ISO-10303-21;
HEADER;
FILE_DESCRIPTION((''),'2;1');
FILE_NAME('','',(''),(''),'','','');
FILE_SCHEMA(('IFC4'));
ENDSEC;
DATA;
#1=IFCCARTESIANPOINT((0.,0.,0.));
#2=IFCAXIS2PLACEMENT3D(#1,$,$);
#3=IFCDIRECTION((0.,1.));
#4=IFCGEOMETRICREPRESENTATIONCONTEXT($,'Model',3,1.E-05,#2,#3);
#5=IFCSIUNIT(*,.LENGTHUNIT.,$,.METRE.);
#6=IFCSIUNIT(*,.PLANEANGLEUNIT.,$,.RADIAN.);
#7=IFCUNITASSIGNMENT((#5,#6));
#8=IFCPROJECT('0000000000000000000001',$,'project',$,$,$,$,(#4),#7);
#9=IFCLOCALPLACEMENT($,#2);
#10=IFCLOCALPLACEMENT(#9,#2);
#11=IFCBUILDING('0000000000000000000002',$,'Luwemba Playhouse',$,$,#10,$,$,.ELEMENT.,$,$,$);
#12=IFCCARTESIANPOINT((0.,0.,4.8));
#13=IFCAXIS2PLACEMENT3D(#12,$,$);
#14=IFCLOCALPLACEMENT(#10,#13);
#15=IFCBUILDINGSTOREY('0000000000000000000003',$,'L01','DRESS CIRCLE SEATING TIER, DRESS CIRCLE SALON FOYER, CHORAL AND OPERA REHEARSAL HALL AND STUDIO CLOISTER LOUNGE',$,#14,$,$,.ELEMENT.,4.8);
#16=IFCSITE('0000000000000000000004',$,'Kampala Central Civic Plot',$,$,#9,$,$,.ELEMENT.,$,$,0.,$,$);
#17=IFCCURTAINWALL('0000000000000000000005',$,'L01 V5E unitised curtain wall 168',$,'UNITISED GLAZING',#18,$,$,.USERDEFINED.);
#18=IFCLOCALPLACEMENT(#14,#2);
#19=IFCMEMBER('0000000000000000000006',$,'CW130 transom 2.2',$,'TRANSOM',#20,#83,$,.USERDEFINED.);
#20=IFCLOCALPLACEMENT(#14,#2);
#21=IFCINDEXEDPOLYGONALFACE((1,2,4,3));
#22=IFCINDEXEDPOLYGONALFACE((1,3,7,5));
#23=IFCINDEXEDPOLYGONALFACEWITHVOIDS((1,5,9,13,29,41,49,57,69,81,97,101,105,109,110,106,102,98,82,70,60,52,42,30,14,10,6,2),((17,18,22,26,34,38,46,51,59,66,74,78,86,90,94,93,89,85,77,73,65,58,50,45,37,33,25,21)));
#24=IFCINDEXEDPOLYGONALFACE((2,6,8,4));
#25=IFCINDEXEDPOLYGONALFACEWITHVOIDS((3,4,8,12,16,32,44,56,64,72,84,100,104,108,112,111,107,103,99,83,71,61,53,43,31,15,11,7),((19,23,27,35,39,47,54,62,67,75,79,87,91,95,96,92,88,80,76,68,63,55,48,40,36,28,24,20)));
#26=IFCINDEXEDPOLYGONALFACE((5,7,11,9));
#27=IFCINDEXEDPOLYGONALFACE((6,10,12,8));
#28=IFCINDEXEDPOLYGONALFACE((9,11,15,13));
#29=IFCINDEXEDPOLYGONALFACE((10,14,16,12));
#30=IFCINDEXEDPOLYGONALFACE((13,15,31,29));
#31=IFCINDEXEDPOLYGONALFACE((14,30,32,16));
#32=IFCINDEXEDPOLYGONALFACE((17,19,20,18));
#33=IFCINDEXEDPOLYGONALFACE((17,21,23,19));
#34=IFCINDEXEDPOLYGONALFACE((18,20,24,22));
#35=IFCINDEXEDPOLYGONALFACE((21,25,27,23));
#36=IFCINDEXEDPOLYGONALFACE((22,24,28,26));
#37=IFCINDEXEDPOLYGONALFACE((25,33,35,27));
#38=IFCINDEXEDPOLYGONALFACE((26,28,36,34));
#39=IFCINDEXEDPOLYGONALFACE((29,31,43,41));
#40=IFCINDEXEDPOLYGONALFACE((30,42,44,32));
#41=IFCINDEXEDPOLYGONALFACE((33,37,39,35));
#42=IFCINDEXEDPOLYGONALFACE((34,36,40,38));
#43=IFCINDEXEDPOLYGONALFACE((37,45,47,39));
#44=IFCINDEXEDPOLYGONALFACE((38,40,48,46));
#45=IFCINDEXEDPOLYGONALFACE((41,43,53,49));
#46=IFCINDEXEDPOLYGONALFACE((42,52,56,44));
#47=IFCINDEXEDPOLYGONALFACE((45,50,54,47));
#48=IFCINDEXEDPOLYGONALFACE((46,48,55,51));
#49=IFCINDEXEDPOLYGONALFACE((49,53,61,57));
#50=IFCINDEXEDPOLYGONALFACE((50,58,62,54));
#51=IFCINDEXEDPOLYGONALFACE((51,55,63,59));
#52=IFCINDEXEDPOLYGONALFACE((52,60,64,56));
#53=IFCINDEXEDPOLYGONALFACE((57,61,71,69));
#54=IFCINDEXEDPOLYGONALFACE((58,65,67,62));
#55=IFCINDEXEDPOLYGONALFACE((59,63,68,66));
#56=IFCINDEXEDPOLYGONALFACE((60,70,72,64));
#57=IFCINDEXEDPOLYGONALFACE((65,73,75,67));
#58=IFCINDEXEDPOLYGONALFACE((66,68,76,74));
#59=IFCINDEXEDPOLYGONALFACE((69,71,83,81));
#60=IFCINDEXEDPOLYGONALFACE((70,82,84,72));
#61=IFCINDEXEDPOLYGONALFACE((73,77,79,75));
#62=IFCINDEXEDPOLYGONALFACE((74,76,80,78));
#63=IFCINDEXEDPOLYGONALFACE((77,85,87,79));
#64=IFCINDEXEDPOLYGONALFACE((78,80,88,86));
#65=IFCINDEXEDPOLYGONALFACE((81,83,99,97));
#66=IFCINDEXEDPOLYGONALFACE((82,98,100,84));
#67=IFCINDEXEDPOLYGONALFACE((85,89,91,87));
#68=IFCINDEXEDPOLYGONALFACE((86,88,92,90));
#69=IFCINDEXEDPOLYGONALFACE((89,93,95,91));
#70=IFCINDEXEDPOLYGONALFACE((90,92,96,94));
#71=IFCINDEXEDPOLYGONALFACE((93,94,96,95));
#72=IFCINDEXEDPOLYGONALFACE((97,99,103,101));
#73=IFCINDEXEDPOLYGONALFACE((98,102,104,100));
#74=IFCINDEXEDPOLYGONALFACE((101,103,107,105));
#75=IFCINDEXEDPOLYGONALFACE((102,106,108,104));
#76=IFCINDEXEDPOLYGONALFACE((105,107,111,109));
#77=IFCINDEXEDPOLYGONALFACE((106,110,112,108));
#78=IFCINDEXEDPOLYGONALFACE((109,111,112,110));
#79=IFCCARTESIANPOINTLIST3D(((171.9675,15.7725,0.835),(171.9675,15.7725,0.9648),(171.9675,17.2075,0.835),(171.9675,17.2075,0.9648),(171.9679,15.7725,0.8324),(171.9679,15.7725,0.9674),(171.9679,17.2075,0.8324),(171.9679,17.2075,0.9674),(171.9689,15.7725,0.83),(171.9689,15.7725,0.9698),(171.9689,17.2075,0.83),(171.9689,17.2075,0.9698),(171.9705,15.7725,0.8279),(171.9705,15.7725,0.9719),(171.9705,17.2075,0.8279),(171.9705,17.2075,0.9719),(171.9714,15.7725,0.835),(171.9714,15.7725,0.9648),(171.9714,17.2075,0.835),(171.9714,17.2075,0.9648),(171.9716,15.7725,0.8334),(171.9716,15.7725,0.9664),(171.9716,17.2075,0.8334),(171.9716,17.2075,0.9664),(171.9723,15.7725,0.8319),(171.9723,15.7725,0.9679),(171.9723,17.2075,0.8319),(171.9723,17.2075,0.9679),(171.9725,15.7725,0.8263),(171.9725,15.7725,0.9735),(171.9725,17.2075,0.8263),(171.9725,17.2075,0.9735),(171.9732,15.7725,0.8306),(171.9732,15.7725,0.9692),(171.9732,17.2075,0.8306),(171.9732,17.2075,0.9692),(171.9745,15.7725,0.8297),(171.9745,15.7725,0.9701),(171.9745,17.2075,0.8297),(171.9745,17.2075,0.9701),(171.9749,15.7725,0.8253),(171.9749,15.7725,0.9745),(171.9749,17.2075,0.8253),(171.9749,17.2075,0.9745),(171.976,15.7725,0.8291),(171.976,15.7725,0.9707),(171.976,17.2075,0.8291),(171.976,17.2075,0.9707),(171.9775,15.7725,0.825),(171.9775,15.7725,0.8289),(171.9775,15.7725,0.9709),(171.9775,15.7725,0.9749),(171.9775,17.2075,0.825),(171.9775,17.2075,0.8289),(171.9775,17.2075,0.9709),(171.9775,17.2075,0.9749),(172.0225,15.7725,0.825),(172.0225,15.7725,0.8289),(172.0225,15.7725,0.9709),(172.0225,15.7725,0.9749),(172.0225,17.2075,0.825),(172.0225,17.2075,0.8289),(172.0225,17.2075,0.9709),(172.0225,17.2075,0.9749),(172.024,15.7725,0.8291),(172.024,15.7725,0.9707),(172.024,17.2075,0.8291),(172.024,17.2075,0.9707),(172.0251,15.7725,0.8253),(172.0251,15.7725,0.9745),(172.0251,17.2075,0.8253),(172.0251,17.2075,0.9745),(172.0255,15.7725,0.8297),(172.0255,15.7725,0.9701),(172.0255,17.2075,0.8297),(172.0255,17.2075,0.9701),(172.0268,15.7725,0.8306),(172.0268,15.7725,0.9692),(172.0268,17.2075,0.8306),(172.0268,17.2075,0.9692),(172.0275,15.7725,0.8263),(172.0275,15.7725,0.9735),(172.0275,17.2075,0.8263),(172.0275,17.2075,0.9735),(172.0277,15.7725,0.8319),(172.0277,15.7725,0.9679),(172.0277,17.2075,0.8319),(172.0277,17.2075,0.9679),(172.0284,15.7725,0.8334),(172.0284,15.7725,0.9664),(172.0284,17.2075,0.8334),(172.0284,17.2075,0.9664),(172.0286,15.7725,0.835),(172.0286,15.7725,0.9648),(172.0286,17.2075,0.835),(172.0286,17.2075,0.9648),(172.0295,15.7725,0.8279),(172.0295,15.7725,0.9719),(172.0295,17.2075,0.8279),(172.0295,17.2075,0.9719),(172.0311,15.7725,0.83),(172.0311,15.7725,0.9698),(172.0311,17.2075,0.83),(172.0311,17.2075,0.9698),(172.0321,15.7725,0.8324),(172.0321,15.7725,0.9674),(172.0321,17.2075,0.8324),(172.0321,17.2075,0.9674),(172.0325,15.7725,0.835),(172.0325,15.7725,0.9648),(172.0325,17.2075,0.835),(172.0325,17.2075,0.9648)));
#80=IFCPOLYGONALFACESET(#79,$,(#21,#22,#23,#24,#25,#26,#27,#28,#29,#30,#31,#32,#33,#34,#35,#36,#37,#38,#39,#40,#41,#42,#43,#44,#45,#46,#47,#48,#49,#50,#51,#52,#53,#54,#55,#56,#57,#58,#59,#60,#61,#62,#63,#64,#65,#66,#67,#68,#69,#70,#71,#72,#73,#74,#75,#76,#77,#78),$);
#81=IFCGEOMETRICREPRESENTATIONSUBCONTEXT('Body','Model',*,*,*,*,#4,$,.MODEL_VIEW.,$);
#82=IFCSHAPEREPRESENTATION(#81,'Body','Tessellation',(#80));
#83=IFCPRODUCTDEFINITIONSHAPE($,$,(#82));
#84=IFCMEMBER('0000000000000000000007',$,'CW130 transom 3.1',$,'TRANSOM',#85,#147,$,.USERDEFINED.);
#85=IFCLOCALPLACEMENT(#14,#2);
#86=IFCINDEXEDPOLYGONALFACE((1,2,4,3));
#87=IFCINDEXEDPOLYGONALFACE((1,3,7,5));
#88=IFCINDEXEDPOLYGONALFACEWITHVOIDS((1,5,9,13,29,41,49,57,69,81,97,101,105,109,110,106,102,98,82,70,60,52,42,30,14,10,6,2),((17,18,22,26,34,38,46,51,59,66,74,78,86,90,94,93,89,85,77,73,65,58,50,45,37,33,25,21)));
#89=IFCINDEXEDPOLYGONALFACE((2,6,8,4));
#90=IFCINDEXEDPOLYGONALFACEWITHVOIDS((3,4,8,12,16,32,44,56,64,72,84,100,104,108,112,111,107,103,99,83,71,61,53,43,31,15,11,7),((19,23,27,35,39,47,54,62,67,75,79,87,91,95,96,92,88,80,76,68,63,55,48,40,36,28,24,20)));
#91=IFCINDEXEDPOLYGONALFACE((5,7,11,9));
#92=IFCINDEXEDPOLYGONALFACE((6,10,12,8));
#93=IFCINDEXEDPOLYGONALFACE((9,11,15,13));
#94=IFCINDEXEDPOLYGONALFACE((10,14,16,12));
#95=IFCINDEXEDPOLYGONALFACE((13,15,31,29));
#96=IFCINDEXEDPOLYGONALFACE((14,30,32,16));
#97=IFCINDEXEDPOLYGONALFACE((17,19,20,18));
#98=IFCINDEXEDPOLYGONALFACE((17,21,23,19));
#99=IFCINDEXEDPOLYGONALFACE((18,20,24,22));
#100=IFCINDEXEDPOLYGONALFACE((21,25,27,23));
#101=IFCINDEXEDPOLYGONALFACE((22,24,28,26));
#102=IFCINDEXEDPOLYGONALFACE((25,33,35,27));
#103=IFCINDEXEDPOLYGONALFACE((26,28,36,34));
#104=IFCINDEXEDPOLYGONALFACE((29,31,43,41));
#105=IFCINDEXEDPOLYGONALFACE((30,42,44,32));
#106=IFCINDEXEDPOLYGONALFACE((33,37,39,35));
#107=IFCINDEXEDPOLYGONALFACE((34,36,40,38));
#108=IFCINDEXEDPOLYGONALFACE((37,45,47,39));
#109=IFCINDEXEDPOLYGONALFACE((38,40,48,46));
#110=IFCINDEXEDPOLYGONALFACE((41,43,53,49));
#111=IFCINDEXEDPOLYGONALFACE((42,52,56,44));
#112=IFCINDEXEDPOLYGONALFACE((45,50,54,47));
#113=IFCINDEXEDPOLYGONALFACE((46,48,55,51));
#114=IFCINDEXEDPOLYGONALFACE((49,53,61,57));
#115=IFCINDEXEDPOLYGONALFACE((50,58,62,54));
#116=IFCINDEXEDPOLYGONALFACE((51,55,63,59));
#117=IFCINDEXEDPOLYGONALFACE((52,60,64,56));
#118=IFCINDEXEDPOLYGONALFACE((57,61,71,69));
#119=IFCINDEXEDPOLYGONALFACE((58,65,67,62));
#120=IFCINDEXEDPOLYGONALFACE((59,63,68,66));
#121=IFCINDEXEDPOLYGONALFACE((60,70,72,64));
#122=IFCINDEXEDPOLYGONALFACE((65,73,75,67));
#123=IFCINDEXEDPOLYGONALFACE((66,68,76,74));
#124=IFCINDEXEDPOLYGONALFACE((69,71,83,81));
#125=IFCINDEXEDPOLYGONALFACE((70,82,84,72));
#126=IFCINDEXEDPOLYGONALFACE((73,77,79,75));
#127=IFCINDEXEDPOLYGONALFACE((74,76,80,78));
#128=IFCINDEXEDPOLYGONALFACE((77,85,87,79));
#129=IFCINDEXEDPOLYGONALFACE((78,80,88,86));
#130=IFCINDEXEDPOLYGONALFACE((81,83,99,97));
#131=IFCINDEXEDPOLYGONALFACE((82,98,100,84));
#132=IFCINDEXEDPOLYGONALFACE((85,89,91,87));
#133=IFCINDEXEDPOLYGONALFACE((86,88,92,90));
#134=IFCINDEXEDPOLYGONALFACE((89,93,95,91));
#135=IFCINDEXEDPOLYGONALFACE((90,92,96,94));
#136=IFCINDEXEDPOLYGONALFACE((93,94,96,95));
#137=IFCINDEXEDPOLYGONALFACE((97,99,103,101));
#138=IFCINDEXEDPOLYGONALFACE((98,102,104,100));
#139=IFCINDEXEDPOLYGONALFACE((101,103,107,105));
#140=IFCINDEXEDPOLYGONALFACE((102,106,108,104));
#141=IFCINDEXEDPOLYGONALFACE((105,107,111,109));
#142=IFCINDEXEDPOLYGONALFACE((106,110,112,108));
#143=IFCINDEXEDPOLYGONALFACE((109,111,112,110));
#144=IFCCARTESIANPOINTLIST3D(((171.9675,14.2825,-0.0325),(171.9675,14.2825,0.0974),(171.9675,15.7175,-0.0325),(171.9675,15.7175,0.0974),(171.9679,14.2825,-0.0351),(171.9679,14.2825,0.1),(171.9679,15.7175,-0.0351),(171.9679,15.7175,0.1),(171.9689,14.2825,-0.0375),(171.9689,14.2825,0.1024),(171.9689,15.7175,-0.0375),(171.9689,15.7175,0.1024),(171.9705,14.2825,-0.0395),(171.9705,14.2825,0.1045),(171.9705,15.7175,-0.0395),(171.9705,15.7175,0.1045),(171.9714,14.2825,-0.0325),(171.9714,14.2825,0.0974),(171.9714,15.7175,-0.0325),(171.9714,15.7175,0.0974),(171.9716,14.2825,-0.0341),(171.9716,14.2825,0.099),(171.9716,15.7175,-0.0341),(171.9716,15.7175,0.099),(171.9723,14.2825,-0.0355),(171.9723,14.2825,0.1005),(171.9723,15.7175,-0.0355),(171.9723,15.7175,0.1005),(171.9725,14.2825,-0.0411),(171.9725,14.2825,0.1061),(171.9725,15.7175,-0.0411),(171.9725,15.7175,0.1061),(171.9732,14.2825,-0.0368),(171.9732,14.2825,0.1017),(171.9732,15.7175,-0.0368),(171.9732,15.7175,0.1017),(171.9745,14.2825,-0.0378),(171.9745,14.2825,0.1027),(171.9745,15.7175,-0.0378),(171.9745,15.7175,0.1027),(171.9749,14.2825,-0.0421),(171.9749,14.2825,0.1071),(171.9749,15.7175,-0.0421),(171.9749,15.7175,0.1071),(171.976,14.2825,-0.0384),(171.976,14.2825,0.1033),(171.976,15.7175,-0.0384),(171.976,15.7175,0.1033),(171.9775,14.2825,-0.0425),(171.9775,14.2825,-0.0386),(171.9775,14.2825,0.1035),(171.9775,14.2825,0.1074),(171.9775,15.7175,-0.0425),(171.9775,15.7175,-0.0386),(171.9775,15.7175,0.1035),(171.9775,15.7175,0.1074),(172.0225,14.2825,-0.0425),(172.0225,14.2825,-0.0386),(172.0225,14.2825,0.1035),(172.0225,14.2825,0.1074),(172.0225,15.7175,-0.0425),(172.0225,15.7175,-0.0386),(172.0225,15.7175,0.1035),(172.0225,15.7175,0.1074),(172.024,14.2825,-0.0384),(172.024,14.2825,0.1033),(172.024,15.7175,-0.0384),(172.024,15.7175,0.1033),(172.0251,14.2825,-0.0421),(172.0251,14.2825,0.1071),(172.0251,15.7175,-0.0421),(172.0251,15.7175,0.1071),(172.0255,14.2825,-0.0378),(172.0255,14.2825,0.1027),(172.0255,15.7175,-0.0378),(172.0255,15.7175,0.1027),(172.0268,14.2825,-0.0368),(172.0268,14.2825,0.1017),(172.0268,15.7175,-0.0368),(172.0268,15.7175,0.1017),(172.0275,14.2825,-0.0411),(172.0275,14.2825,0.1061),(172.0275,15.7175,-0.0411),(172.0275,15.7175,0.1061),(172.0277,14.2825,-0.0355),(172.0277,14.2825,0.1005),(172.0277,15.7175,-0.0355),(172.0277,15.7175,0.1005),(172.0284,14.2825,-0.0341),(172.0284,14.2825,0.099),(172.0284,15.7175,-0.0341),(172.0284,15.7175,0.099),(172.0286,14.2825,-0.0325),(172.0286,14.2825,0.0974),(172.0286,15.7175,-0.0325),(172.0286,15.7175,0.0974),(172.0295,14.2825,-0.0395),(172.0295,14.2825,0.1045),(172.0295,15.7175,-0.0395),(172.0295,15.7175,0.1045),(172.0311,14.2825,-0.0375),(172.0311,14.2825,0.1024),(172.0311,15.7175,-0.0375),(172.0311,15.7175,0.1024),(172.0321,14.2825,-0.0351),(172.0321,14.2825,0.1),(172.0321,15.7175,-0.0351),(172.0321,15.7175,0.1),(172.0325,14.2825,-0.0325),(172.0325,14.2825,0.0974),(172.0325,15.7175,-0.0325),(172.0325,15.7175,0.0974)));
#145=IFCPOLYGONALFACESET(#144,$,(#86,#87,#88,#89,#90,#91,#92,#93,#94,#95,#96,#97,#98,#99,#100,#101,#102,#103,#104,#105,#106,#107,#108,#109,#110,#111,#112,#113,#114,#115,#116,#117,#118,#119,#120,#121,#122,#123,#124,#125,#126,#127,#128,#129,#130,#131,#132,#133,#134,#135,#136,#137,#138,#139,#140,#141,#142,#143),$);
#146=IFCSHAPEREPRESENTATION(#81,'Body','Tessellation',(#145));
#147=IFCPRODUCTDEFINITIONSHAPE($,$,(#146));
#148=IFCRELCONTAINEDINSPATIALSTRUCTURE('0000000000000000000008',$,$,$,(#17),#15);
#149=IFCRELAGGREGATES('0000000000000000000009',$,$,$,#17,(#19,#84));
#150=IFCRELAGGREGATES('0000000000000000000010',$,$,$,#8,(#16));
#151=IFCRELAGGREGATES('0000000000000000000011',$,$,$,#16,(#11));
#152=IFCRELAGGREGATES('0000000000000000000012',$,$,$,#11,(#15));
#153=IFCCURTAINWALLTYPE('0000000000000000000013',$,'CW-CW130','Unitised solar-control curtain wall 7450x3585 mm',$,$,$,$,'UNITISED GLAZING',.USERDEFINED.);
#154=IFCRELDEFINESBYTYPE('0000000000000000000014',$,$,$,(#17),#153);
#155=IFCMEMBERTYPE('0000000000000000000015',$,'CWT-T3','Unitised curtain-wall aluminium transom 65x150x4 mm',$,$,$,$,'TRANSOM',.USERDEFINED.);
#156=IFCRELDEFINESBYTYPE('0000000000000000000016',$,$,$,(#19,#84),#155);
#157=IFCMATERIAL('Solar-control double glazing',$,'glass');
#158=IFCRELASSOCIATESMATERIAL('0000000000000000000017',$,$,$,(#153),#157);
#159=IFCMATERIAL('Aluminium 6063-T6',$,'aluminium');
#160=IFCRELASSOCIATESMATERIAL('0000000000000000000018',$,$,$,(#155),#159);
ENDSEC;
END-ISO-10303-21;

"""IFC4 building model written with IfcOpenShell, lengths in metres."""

from ifc_helpers import new_model, si_unit, direction, frame, origin, origin_2d, place, context, subcontext, project, spatial, hollow_rectangle, extrude, material, material_profile, profile_set, type_object, element, aggregate, save


model = new_model("IFC4")

# Units and contexts
model_context = context("Model", 3, precision=1e-05, world=origin(), true_north=direction((0.0, 1.0)))
body_context = subcontext(model_context, "Body", "Model", "MODEL_VIEW")
ifc_project = project(units=[si_unit("LENGTHUNIT", "METRE"), si_unit("PLANEANGLEUNIT", "RADIAN")], contexts=[model_context])

# Site, building, storey
site_placement = place(None, origin())
site = spatial("IfcSite", under=ifc_project, at=site_placement, Name="Kampala Central Civic Plot", CompositionType="ELEMENT", RefElevation=0.0)
building_placement = place(site_placement, origin())
building = spatial("IfcBuilding", under=site, at=building_placement, Name="Luwemba Playhouse", CompositionType="ELEMENT")
storey_placement = place(building_placement, frame((0.0, 0.0, 4.8)))
storey = spatial("IfcBuildingStorey", under=building, at=storey_placement, Name="L01", Description="DRESS CIRCLE SEATING TIER, DRESS CIRCLE SALON FOYER, CHORAL AND OPERA REHEARSAL HALL AND STUDIO CLOISTER LOUNGE", CompositionType="ELEMENT", Elevation=4.8)

# Curtain wall
ifc_material_1 = material(Name="Solar-control double glazing", Category="glass")
curtain_wall_type_1 = type_object("IfcCurtainWallType", Name="CW-CW130", Description="Unitised solar-control curtain wall 7450x3585 mm", ElementType="UNITISED GLAZING", PredefinedType="USERDEFINED", material=ifc_material_1)
curtain_wall_1_placement = place(storey_placement, origin())
curtain_wall_1 = element("IfcCurtainWall", 1, at=curtain_wall_1_placement, inside=storey, type_object=curtain_wall_type_1, Name="L01 V5E unitised curtain wall 168", ObjectType="UNITISED GLAZING", PredefinedType="USERDEFINED")
ifc_material_2 = material(Name="Aluminium 6063-T6", Category="aluminium")

# Members
ifc_material_profile_1 = material_profile(ifc_material_2, hollow_rectangle(XDim=0.0649, YDim=0.1499, WallThickness=0.0039, InnerFilletRadius=0.0061, OuterFilletRadius=0.01, at=origin_2d()))
ifc_profile_set_1 = profile_set([ifc_material_profile_1], Name="Aluminium 6063-T6")
member_type_1 = type_object("IfcMemberType", Name="CWT-T3", Description="Unitised curtain-wall aluminium transom 65x150x4 mm", ElementType="TRANSOM", PredefinedType="USERDEFINED", material=ifc_profile_set_1)
member_1_placement = place(storey_placement, frame((172.0, 17.2075, 0.8999), z_axis=(0.0, -1.0, 0.0), x_axis=(1.0, 0.0, 0.0)))
member_1 = element("IfcMember", 2, at=member_1_placement, type_object=member_type_1, Name="CW130 transom 2.2", ObjectType="TRANSOM", PredefinedType="USERDEFINED", context=body_context, shape_type="SweptSolid", body=[
    extrude(hollow_rectangle(XDim=0.0649, YDim=0.1499, WallThickness=0.0039, InnerFilletRadius=0.0061, OuterFilletRadius=0.01, at=origin_2d()), origin(), (0.0, 0.0, 1.0), 1.4351),
])
member_2_placement = place(storey_placement, frame((172.0, 15.7175, 0.0325), z_axis=(0.0, -1.0, 0.0), x_axis=(1.0, 0.0, 0.0)))
member_2 = element("IfcMember", 3, at=member_2_placement, type_object=member_type_1, Name="CW130 transom 3.1", ObjectType="TRANSOM", PredefinedType="USERDEFINED", context=body_context, shape_type="SweptSolid", body=[
    extrude(hollow_rectangle(XDim=0.0649, YDim=0.1499, WallThickness=0.0039, InnerFilletRadius=0.0061, OuterFilletRadius=0.01, at=origin_2d()), origin(), (0.0, 0.0, 1.0), 1.4351),
])

aggregate(curtain_wall_1, [member_1, member_2])

save(model, "model.ifc")
